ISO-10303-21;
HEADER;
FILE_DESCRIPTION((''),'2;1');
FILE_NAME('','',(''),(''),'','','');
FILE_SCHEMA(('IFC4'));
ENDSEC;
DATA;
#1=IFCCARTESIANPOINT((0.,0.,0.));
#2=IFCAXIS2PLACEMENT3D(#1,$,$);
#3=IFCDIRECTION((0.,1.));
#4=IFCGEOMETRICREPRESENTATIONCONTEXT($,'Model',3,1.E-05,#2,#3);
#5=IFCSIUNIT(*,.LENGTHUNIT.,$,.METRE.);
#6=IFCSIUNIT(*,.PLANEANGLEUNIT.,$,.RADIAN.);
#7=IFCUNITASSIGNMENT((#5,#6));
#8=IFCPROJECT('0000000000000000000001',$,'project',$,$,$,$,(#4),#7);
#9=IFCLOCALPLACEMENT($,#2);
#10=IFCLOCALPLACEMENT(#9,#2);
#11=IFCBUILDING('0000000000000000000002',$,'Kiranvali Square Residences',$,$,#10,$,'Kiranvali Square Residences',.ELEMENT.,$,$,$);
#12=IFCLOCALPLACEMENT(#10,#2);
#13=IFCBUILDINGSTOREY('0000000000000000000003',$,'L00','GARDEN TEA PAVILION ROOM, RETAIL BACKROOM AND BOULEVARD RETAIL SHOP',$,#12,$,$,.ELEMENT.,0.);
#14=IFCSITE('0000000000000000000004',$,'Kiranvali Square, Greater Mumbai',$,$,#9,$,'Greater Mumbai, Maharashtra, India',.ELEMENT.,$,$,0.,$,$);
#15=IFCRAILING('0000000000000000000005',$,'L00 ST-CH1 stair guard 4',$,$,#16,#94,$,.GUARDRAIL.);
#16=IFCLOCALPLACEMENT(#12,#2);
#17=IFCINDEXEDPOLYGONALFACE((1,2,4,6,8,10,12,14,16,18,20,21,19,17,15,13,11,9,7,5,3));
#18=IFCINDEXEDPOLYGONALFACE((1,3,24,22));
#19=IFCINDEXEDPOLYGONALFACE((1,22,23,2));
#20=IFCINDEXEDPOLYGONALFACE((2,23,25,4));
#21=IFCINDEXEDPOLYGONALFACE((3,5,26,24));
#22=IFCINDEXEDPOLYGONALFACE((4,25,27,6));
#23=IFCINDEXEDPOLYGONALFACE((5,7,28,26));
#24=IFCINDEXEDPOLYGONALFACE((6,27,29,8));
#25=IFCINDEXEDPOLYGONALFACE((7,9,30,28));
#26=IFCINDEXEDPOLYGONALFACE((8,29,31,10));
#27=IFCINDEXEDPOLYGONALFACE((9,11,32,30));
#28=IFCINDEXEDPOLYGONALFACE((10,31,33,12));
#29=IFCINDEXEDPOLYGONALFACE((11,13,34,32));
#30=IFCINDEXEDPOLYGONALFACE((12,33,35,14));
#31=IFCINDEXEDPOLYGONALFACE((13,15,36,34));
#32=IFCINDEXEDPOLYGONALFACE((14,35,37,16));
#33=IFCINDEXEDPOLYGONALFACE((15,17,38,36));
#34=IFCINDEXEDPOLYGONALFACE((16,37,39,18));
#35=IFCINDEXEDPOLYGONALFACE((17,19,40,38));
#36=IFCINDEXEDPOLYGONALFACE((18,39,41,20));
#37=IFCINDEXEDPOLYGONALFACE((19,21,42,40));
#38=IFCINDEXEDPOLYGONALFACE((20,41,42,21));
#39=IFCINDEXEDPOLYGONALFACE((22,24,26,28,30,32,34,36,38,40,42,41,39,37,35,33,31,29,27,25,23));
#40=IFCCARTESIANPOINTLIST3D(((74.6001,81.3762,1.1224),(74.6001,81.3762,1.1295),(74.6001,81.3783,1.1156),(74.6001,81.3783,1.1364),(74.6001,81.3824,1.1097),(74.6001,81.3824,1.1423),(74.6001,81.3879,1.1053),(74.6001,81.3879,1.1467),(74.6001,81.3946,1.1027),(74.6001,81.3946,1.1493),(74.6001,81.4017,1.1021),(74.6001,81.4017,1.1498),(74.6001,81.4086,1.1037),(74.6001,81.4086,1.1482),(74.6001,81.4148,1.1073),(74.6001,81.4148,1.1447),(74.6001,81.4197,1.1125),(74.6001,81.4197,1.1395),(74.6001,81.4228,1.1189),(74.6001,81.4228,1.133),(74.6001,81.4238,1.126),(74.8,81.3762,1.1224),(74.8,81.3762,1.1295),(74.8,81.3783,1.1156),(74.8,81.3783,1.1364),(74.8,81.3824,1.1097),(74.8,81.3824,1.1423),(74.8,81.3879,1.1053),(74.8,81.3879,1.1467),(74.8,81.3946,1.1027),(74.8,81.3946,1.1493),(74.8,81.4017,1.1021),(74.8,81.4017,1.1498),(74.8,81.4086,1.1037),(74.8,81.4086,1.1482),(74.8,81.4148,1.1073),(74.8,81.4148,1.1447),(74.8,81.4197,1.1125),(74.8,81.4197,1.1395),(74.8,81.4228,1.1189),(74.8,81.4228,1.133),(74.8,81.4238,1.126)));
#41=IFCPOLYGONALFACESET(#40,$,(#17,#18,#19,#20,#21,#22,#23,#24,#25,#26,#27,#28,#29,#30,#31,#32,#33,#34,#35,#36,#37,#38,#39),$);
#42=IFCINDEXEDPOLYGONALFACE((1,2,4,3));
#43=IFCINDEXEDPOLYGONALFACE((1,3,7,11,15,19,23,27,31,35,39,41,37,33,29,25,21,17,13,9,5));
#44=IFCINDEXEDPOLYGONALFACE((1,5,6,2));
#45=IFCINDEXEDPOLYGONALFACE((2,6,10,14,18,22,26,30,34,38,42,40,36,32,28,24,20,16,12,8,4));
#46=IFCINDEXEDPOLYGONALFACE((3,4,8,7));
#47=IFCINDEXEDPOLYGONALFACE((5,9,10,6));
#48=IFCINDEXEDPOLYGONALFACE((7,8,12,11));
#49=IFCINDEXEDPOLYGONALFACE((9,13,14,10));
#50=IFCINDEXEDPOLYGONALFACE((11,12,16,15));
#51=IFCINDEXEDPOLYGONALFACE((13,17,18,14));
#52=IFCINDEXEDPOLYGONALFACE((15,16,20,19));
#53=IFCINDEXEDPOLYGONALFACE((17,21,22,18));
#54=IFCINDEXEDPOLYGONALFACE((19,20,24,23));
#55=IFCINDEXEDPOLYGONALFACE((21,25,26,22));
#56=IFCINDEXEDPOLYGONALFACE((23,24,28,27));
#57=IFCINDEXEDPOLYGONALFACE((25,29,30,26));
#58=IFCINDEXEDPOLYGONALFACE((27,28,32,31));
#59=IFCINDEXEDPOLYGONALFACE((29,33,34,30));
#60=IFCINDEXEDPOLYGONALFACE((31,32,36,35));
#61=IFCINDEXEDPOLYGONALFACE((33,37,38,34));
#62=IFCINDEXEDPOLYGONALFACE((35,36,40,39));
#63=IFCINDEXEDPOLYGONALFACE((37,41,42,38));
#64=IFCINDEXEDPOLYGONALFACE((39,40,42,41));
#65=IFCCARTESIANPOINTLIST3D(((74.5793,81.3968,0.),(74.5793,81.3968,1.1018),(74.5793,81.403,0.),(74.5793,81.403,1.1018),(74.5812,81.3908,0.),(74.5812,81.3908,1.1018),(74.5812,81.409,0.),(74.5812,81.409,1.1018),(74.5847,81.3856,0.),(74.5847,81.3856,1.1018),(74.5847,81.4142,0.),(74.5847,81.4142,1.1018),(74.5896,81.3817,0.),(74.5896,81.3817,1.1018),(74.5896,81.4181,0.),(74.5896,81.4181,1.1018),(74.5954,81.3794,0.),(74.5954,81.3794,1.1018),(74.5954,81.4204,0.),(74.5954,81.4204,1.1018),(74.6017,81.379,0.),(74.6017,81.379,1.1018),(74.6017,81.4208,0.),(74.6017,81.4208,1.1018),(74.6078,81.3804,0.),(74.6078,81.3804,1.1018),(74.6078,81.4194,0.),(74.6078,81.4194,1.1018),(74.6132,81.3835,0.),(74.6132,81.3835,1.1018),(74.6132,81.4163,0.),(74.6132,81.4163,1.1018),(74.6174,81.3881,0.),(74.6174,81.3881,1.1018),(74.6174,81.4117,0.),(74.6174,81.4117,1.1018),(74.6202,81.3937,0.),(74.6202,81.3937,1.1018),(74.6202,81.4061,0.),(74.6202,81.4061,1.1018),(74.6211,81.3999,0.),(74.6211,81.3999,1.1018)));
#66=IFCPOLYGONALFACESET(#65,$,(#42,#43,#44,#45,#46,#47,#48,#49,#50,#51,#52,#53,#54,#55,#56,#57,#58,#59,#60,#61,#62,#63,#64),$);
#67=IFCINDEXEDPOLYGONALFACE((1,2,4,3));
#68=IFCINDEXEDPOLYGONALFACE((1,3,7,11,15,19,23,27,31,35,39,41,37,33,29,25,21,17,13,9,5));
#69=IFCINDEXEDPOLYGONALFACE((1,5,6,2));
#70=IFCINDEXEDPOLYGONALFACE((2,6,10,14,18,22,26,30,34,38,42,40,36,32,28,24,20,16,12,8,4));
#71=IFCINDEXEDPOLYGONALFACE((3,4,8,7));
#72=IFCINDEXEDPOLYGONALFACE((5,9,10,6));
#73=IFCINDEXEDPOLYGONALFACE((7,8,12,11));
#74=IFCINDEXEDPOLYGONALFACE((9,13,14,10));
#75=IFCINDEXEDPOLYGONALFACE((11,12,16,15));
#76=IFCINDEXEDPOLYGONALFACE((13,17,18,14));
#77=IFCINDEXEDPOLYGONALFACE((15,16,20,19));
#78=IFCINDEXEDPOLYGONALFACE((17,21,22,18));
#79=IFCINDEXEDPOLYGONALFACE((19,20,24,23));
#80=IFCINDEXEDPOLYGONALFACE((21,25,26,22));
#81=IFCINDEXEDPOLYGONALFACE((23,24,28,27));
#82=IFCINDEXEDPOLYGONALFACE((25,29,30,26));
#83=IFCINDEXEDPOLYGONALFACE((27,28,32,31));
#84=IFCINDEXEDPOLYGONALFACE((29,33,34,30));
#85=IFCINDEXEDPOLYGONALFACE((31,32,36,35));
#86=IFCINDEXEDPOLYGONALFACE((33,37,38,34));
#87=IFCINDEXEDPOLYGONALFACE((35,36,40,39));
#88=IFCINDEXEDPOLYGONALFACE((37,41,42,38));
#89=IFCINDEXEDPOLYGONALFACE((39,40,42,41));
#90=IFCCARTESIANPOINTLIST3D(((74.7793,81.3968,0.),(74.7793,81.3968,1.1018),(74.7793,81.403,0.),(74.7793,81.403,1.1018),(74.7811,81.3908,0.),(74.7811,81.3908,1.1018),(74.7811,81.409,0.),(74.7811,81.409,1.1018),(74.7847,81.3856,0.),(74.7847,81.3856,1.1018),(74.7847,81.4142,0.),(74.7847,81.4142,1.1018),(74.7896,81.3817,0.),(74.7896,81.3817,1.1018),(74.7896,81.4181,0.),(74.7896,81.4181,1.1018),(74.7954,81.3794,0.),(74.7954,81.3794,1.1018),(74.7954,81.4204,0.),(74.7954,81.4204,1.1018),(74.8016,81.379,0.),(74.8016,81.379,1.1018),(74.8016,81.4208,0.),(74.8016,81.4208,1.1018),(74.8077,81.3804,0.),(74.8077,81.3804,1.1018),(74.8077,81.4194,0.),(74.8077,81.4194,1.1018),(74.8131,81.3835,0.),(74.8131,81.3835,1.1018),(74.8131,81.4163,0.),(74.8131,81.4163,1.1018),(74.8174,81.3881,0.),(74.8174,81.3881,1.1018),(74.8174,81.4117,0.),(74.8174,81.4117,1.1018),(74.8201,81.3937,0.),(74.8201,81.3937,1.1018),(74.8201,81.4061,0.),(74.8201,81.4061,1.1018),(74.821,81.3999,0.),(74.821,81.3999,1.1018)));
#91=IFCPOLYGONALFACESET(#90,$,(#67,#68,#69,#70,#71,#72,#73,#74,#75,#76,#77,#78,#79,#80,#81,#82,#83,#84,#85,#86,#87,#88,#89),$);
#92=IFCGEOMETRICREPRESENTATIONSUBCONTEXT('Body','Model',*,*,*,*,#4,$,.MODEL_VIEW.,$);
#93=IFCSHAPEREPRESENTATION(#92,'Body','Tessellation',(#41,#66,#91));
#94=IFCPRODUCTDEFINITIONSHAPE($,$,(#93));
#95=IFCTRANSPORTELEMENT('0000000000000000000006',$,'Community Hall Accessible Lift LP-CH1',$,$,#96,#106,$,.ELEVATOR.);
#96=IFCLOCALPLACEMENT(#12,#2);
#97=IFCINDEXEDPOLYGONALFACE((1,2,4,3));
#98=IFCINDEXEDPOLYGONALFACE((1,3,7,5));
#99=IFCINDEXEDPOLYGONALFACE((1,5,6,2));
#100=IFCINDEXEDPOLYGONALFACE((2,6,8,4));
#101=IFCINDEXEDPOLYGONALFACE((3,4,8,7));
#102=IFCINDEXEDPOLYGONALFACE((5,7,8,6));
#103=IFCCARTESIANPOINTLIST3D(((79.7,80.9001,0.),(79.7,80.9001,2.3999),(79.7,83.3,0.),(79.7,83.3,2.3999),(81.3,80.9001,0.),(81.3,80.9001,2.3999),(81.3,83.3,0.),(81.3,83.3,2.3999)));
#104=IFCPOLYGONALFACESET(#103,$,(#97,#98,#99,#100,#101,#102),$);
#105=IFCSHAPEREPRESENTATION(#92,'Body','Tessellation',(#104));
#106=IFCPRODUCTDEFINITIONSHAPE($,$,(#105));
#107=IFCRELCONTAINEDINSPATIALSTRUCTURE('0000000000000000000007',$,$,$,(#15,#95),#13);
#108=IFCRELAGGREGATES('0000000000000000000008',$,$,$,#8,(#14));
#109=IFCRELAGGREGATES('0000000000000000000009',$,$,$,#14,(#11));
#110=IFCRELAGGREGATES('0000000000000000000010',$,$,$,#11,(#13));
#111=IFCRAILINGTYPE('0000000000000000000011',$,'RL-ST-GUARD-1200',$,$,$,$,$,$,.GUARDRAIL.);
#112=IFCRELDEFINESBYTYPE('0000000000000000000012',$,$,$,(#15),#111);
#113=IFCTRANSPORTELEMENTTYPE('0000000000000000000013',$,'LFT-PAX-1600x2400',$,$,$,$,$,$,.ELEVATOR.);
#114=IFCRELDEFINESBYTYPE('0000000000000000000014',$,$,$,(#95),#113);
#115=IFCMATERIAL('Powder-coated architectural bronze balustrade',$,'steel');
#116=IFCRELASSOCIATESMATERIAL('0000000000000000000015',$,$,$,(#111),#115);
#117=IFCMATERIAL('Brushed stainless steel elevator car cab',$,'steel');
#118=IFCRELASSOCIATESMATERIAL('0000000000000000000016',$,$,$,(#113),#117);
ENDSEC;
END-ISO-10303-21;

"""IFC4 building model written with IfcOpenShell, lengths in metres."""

from ifc_helpers import new_model, si_unit, direction, frame, origin, origin_2d, place, context, subcontext, project, spatial, rectangle, circle, extrude, material, type_object, element, save


model = new_model("IFC4")

# Units and contexts
model_context = context("Model", 3, precision=1e-05, world=origin(), true_north=direction((0.0, 1.0)))
body_context = subcontext(model_context, "Body", "Model", "MODEL_VIEW")
ifc_project = project(units=[si_unit("LENGTHUNIT", "METRE"), si_unit("PLANEANGLEUNIT", "RADIAN")], contexts=[model_context])

# Site, building, storey
site_placement = place(None, origin())
site = spatial("IfcSite", under=ifc_project, at=site_placement, Name="Kiranvali Square, Greater Mumbai", LongName="Greater Mumbai, Maharashtra, India", CompositionType="ELEMENT", RefElevation=0.0)
building_placement = place(site_placement, origin())
building = spatial("IfcBuilding", under=site, at=building_placement, Name="Kiranvali Square Residences", LongName="Kiranvali Square Residences", CompositionType="ELEMENT")
storey_placement = place(building_placement, origin())
storey = spatial("IfcBuildingStorey", under=building, at=storey_placement, Name="L00", Description="GARDEN TEA PAVILION ROOM, RETAIL BACKROOM AND BOULEVARD RETAIL SHOP", CompositionType="ELEMENT", Elevation=0.0)

# Railing
ifc_material_1 = material(Name="Powder-coated architectural bronze balustrade", Category="steel")
railing_type = type_object("IfcRailingType", Name="RL-ST-GUARD-1200", PredefinedType="GUARDRAIL", material=ifc_material_1)
railing_1_placement = place(storey_placement, frame((74.6001, 81.3999, 0.0)))
element("IfcRailing", 1, at=railing_1_placement, inside=storey, type_object=railing_type, Name="L00 ST-CH1 stair guard 4", PredefinedType="GUARDRAIL", context=body_context, shape_type="SweptSolid", body=[
    extrude(circle(Radius=0.0239, at=origin_2d()), frame((0.0, 0.0, 1.126), z_axis=(1.0, 0.0, 0.0), x_axis=(0.0, 1.0, 0.0)), (0.0, 0.0, 1.0), 0.2),
    extrude(circle(Radius=0.021, at=origin_2d()), origin(), (0.0, 0.0, 1.0), 1.1018),
    extrude(circle(Radius=0.021, at=origin_2d()), frame((0.2, 0.0, 0.0)), (0.0, 0.0, 1.0), 1.1018),
])

# Transport element
ifc_material_2 = material(Name="Brushed stainless steel elevator car cab", Category="steel")
transport_element_type = type_object("IfcTransportElementType", Name="LFT-PAX-1600x2400", PredefinedType="ELEVATOR", material=ifc_material_2)
transport_element_placement = place(storey_placement, frame((80.5, 82.1001, 0.0), z_axis=(0.0, 0.0, 1.0), x_axis=(1.0, 0.0, 0.0)))
element("IfcTransportElement", 2, at=transport_element_placement, inside=storey, type_object=transport_element_type, Name="Community Hall Accessible Lift LP-CH1", PredefinedType="ELEVATOR", context=body_context, shape_type="SweptSolid", body=[
    extrude(rectangle(XDim=1.6001, YDim=2.3999, at=origin_2d()), origin(), (0.0, 0.0, 1.0), 2.3999),
])

save(model, "model.ifc")
